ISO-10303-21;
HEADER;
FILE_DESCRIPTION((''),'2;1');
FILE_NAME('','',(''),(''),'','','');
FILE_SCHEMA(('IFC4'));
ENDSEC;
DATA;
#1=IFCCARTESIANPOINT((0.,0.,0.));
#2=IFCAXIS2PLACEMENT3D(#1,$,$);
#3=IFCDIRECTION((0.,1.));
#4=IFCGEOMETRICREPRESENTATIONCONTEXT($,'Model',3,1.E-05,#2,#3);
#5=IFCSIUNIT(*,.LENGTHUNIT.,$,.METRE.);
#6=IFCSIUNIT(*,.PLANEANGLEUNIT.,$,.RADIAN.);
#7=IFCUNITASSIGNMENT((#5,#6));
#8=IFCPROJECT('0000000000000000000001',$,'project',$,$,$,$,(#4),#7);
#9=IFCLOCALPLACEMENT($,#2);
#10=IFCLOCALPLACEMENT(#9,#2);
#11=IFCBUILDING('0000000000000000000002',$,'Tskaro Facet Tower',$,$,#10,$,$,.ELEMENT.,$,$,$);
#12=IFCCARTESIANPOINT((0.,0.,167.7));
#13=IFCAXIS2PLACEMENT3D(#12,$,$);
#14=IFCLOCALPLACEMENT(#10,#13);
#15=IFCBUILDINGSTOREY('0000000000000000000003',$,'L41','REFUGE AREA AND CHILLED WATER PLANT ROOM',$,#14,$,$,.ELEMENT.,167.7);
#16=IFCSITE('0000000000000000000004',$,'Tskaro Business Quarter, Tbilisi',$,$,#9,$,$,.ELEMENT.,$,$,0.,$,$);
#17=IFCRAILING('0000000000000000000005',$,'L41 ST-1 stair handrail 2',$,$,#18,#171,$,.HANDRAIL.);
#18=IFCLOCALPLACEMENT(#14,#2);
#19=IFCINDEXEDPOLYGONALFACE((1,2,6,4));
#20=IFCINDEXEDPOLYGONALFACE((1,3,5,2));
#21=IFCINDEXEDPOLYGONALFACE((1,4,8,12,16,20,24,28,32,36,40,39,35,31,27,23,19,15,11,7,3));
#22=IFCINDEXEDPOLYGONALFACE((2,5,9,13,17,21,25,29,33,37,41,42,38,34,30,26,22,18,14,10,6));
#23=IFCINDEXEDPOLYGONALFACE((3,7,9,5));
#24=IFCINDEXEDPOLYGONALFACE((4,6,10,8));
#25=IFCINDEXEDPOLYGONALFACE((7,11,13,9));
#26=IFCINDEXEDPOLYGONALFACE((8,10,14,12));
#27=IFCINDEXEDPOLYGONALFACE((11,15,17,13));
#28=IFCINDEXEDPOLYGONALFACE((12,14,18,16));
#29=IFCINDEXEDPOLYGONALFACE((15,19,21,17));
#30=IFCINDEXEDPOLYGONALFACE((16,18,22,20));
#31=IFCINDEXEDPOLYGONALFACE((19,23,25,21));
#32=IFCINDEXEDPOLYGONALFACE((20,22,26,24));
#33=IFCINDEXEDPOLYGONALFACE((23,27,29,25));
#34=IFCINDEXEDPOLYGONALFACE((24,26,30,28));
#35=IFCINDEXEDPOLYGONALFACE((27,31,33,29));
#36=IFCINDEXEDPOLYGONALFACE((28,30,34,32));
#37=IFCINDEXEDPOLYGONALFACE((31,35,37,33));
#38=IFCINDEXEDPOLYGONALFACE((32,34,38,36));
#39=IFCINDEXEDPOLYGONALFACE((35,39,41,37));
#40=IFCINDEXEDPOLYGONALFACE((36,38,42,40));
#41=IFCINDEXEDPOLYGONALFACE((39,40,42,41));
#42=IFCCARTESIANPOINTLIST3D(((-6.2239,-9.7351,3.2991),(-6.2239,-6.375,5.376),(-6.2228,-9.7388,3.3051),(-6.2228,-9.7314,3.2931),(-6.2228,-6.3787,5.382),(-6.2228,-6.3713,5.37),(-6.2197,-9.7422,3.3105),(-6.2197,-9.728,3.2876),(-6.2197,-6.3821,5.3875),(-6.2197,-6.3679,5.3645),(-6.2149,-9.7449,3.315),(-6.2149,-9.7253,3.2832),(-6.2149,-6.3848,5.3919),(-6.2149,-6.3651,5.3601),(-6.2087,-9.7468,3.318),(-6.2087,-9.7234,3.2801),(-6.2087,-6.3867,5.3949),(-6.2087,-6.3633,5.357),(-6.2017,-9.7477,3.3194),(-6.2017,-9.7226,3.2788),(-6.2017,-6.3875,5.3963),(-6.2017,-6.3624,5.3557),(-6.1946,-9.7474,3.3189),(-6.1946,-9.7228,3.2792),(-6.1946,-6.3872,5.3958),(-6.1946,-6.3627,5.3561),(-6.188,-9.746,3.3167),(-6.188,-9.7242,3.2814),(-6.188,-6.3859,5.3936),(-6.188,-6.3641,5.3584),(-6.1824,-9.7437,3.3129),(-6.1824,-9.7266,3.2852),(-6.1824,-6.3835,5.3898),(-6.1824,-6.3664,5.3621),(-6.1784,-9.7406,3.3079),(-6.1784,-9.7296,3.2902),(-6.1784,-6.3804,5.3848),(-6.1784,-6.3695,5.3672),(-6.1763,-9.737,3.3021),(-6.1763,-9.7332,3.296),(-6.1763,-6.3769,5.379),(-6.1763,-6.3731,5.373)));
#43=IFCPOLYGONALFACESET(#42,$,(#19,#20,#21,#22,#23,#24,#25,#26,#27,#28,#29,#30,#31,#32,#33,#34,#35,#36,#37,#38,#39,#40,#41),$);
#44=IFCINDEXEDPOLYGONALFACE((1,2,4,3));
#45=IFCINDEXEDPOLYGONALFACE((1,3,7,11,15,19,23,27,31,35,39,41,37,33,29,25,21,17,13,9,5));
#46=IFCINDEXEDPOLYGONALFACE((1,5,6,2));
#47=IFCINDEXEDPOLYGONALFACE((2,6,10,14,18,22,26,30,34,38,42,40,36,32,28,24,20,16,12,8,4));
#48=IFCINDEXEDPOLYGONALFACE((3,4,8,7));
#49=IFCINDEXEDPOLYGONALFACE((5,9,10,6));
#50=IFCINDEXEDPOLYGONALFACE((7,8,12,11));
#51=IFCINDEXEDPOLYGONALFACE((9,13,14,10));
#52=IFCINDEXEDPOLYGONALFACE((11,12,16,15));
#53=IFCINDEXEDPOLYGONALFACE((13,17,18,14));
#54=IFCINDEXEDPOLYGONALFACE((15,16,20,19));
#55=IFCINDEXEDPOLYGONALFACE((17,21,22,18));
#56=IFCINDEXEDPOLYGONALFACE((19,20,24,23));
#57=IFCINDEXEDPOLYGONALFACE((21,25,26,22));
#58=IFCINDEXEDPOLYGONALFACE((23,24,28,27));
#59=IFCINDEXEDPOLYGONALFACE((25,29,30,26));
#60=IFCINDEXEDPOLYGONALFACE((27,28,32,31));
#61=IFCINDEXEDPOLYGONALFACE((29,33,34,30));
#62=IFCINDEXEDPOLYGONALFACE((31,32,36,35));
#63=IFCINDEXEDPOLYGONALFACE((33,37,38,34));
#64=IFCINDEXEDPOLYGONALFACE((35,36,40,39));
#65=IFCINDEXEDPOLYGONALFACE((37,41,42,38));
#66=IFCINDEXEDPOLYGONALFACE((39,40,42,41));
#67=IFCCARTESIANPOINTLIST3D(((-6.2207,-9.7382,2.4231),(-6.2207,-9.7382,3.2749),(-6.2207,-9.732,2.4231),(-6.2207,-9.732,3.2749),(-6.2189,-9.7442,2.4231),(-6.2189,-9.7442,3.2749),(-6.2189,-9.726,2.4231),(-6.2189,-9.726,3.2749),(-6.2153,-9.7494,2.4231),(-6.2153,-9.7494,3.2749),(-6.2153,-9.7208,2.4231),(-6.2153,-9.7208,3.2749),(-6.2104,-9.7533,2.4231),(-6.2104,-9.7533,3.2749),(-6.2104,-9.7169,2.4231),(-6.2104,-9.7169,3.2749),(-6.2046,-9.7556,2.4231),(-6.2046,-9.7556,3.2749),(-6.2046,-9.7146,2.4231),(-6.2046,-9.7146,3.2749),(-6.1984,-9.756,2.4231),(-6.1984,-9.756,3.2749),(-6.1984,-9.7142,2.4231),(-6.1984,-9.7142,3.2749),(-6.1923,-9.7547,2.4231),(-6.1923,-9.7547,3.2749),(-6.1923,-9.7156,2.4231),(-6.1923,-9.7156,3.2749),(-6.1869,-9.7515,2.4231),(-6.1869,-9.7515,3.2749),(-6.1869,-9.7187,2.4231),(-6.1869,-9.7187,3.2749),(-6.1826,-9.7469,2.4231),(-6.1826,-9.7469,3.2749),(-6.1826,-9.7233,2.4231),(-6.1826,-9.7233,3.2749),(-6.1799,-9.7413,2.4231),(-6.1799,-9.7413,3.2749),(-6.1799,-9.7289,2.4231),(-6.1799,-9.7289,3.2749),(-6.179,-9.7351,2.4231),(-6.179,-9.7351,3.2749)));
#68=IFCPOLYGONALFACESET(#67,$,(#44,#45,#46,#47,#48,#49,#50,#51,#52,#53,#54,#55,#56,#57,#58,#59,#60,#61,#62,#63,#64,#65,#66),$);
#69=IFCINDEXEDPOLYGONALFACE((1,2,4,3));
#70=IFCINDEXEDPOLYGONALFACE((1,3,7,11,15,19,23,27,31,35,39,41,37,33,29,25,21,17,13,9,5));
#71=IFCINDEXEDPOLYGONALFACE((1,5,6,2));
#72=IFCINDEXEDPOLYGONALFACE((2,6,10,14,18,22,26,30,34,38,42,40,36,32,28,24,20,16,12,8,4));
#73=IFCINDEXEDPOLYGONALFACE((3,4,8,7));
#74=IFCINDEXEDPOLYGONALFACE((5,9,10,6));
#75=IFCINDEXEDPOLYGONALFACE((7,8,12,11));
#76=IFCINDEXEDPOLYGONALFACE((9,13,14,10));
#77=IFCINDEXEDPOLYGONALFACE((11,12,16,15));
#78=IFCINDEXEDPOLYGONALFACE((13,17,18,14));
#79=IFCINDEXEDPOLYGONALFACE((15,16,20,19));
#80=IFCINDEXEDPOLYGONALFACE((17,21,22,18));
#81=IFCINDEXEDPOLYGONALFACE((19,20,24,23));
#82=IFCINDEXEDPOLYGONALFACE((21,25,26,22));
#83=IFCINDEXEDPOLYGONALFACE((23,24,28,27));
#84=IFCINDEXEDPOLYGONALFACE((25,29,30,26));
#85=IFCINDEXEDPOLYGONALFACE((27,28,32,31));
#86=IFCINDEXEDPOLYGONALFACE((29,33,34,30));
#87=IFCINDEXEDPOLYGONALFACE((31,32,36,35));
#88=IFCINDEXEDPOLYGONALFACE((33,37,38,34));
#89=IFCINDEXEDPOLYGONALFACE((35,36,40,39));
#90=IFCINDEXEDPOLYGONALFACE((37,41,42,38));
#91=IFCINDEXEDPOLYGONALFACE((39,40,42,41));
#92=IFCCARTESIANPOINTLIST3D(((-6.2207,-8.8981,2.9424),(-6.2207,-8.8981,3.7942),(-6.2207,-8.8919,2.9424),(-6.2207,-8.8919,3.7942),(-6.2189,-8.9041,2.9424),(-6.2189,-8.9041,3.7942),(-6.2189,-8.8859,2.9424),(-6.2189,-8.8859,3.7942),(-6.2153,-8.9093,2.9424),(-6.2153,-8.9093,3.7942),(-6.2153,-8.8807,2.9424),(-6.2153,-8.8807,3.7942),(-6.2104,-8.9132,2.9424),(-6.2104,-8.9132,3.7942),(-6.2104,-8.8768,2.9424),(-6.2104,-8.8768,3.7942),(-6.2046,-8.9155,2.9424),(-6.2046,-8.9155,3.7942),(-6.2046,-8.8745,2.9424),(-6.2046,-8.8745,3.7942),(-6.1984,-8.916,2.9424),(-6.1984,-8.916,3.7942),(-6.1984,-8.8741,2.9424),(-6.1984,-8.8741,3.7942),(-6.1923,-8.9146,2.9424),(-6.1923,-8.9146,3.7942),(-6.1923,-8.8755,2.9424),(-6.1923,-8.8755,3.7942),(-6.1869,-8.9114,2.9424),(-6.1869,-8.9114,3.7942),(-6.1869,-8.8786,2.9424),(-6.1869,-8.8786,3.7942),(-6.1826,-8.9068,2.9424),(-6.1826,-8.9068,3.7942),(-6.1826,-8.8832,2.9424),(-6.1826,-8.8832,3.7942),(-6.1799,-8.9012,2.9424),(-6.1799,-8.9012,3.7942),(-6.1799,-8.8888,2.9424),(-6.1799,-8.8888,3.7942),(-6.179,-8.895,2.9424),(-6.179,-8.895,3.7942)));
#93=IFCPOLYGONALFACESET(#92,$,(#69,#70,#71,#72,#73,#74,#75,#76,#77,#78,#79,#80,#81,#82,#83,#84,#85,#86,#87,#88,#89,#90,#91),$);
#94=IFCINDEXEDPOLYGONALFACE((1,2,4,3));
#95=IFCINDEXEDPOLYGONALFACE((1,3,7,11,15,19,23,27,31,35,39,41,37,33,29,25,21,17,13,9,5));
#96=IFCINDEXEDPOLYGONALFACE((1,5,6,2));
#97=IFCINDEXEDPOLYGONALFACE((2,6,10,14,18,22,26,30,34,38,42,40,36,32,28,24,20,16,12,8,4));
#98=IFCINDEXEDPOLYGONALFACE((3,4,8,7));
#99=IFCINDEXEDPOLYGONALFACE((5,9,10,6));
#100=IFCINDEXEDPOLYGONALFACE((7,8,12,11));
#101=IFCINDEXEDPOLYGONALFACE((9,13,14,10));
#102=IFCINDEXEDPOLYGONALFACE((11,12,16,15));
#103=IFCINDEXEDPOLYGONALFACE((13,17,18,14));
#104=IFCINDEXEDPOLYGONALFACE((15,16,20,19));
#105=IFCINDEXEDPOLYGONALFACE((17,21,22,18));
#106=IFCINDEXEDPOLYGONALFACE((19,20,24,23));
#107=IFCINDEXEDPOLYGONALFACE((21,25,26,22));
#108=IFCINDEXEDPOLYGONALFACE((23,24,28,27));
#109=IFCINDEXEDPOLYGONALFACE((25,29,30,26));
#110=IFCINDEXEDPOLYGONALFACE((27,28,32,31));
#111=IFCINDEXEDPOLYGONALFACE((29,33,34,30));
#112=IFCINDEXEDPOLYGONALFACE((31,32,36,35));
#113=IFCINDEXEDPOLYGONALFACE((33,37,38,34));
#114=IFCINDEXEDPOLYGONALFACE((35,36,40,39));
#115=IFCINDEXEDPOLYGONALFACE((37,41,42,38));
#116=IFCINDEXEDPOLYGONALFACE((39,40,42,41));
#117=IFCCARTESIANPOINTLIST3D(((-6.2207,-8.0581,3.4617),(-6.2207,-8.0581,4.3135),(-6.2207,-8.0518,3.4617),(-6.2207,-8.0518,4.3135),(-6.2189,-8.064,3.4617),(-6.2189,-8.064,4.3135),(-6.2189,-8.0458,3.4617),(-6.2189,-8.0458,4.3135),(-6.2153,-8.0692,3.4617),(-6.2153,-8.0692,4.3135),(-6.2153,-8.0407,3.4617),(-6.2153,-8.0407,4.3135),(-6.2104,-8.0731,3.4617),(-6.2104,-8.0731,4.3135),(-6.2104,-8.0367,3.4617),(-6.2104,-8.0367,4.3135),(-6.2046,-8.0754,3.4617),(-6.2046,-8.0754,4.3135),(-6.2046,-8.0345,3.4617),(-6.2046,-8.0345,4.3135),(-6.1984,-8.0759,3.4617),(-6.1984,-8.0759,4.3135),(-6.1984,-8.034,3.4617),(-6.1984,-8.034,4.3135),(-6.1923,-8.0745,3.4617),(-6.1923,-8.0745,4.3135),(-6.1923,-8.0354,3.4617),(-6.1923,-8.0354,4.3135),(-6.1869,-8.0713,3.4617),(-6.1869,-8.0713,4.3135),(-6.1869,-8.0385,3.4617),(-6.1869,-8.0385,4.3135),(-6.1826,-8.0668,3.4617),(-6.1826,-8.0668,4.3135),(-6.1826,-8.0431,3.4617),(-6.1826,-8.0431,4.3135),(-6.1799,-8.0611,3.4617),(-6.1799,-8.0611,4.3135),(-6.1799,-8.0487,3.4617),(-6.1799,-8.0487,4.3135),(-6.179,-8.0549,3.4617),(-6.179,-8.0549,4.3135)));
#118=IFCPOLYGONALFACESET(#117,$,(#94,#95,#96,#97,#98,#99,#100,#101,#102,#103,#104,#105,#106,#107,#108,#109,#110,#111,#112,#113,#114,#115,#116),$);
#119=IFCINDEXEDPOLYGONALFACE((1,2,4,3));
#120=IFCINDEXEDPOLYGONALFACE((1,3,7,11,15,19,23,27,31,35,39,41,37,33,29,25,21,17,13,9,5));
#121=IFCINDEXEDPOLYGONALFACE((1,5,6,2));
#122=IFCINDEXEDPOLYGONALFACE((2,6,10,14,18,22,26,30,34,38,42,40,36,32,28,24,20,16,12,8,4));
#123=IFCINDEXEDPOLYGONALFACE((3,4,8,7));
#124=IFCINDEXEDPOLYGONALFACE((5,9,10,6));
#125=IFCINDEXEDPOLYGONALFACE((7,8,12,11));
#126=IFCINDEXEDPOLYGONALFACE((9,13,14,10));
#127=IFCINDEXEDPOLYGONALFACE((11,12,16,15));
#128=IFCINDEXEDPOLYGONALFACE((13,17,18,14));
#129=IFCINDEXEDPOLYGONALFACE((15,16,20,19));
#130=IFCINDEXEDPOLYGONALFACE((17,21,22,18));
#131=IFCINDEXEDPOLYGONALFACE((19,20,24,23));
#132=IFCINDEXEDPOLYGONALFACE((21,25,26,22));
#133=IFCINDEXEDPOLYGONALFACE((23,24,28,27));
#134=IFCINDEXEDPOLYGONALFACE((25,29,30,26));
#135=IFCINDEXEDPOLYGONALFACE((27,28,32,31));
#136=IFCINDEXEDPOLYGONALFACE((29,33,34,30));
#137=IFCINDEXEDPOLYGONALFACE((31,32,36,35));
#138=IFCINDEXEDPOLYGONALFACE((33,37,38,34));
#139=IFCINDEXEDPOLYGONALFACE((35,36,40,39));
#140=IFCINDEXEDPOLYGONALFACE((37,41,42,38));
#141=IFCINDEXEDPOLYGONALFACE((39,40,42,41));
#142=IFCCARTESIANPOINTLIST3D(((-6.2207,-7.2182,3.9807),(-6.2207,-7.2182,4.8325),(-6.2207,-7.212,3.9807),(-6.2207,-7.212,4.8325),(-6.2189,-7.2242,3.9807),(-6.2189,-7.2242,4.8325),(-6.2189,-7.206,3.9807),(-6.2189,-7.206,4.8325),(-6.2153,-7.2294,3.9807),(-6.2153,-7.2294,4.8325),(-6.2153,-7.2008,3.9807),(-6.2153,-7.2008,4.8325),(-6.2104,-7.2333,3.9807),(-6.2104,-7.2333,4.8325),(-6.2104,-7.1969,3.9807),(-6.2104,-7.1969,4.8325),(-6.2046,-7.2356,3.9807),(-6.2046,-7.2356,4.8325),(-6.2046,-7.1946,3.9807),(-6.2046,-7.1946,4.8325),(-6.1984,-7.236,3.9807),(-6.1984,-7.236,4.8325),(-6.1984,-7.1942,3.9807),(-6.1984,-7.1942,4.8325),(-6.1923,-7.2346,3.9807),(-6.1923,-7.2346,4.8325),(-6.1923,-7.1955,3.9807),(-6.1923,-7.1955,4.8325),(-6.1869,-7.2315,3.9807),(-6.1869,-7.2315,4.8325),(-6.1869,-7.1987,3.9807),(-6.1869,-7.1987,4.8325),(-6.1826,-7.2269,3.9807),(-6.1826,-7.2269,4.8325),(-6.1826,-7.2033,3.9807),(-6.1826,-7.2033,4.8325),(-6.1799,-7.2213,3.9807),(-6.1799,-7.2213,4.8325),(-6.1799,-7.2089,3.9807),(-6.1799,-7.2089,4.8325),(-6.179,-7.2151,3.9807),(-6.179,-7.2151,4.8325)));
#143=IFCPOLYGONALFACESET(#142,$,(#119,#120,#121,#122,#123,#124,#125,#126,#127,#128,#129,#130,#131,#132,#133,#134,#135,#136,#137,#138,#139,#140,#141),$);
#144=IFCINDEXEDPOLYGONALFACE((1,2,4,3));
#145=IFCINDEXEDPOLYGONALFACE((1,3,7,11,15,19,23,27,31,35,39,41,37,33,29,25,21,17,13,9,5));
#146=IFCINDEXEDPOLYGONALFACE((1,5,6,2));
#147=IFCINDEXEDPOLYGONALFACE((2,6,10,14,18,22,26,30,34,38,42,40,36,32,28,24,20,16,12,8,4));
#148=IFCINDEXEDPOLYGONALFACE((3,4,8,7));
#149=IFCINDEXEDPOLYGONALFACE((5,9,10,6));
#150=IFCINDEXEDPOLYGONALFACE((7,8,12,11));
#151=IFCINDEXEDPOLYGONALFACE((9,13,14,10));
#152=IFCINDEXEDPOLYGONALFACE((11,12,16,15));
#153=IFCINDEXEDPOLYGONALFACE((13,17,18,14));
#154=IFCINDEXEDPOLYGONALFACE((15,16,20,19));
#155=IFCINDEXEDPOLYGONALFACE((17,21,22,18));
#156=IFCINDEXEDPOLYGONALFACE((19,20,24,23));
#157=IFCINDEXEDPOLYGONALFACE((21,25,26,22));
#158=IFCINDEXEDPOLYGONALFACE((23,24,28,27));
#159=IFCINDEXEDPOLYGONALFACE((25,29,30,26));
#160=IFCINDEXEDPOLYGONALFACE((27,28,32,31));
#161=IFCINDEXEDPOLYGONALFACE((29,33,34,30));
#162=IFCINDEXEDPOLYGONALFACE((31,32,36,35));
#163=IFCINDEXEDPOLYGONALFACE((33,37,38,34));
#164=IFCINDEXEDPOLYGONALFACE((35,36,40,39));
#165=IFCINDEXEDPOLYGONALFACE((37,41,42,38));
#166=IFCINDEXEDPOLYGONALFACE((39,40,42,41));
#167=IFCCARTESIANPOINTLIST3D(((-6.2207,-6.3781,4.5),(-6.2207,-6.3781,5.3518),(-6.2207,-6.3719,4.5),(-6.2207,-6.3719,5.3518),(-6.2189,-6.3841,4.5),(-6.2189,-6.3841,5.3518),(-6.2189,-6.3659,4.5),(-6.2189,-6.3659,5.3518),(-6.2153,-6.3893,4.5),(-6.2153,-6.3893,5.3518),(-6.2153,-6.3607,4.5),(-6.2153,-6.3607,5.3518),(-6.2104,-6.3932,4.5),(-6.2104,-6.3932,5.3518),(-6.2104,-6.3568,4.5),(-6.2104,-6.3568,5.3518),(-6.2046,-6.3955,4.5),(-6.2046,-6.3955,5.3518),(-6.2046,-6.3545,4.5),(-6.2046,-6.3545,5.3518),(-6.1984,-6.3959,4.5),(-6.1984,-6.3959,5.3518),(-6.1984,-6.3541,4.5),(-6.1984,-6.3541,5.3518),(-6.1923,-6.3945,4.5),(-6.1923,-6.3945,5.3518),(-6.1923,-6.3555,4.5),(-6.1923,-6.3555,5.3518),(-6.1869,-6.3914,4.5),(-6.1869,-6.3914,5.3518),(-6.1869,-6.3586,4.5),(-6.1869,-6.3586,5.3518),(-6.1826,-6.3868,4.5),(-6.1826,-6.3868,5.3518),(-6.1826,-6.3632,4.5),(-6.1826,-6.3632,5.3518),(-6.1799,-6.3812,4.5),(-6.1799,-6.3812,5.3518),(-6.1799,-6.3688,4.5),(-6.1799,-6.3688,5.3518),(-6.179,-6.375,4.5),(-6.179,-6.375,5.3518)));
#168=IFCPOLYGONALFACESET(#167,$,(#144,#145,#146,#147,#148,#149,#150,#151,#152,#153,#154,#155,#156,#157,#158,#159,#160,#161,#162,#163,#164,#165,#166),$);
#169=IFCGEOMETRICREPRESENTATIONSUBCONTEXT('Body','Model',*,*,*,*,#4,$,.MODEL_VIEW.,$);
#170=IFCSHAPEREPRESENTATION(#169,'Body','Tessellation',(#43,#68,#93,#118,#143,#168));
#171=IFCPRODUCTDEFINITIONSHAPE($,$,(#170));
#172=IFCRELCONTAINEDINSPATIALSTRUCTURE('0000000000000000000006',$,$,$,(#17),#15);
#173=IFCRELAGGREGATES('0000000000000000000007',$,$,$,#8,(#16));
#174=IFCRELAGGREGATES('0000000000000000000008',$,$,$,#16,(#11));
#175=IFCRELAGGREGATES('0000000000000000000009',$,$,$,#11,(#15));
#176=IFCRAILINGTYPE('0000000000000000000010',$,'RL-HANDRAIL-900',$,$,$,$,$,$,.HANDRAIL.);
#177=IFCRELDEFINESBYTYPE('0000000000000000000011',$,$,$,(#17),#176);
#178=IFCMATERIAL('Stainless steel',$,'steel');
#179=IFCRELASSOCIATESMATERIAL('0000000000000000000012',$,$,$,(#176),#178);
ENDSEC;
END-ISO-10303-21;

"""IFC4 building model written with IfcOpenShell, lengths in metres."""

from ifc_helpers import new_model, si_unit, direction, frame, origin, origin_2d, place, context, subcontext, project, spatial, circle, extrude, material, type_object, element, save


model = new_model("IFC4")

# Units and contexts
model_context = context("Model", 3, precision=1e-05, world=origin(), true_north=direction((0.0, 1.0)))
body_context = subcontext(model_context, "Body", "Model", "MODEL_VIEW")
ifc_project = project(units=[si_unit("LENGTHUNIT", "METRE"), si_unit("PLANEANGLEUNIT", "RADIAN")], contexts=[model_context])

# Site, building, storey
site_placement = place(None, origin())
site = spatial("IfcSite", under=ifc_project, at=site_placement, Name="Tskaro Business Quarter, Tbilisi", CompositionType="ELEMENT", RefElevation=0.0)
building_placement = place(site_placement, origin())
building = spatial("IfcBuilding", under=site, at=building_placement, Name="Tskaro Facet Tower", CompositionType="ELEMENT")
storey_placement = place(building_placement, frame((0.0, 0.0, 167.7)))
storey = spatial("IfcBuildingStorey", under=building, at=storey_placement, Name="L41", Description="REFUGE AREA AND CHILLED WATER PLANT ROOM", CompositionType="ELEMENT", Elevation=167.7)

# Shared definitions
ifc_material_1 = material(Name="Stainless steel", Category="steel")

# Railing
railing_type_1 = type_object("IfcRailingType", Name="RL-HANDRAIL-900", PredefinedType="HANDRAIL", material=ifc_material_1)
railing_1_placement = place(storey_placement, frame((-6.2, -9.7351, 2.4231)))
element("IfcRailing", 1, at=railing_1_placement, inside=storey, type_object=railing_type_1, Name="L41 ST-1 stair handrail 2", PredefinedType="HANDRAIL", context=body_context, shape_type="SweptSolid", body=[
    extrude(circle(Radius=0.0239, at=origin_2d()), frame((0.0, 0.0, 0.876), z_axis=(0.0, 0.850623, 0.525776), x_axis=(-1.0, 0.0, 0.0)), (0.0, 0.0, 1.0), 3.9502),
    extrude(circle(Radius=0.021, at=origin_2d()), origin(), (0.0, 0.0, 1.0), 0.8518),
    extrude(circle(Radius=0.021, at=origin_2d()), frame((0.0, 0.8401, 0.5193)), (0.0, 0.0, 1.0), 0.8518),
    extrude(circle(Radius=0.021, at=origin_2d()), frame((0.0, 1.6802, 1.0386)), (0.0, 0.0, 1.0), 0.8518),
    extrude(circle(Radius=0.021, at=origin_2d()), frame((0.0, 2.52, 1.5576)), (0.0, 0.0, 1.0), 0.8518),
    extrude(circle(Radius=0.021, at=origin_2d()), frame((0.0, 3.3601, 2.0769)), (0.0, 0.0, 1.0), 0.8518),
])

save(model, "model.ifc")
